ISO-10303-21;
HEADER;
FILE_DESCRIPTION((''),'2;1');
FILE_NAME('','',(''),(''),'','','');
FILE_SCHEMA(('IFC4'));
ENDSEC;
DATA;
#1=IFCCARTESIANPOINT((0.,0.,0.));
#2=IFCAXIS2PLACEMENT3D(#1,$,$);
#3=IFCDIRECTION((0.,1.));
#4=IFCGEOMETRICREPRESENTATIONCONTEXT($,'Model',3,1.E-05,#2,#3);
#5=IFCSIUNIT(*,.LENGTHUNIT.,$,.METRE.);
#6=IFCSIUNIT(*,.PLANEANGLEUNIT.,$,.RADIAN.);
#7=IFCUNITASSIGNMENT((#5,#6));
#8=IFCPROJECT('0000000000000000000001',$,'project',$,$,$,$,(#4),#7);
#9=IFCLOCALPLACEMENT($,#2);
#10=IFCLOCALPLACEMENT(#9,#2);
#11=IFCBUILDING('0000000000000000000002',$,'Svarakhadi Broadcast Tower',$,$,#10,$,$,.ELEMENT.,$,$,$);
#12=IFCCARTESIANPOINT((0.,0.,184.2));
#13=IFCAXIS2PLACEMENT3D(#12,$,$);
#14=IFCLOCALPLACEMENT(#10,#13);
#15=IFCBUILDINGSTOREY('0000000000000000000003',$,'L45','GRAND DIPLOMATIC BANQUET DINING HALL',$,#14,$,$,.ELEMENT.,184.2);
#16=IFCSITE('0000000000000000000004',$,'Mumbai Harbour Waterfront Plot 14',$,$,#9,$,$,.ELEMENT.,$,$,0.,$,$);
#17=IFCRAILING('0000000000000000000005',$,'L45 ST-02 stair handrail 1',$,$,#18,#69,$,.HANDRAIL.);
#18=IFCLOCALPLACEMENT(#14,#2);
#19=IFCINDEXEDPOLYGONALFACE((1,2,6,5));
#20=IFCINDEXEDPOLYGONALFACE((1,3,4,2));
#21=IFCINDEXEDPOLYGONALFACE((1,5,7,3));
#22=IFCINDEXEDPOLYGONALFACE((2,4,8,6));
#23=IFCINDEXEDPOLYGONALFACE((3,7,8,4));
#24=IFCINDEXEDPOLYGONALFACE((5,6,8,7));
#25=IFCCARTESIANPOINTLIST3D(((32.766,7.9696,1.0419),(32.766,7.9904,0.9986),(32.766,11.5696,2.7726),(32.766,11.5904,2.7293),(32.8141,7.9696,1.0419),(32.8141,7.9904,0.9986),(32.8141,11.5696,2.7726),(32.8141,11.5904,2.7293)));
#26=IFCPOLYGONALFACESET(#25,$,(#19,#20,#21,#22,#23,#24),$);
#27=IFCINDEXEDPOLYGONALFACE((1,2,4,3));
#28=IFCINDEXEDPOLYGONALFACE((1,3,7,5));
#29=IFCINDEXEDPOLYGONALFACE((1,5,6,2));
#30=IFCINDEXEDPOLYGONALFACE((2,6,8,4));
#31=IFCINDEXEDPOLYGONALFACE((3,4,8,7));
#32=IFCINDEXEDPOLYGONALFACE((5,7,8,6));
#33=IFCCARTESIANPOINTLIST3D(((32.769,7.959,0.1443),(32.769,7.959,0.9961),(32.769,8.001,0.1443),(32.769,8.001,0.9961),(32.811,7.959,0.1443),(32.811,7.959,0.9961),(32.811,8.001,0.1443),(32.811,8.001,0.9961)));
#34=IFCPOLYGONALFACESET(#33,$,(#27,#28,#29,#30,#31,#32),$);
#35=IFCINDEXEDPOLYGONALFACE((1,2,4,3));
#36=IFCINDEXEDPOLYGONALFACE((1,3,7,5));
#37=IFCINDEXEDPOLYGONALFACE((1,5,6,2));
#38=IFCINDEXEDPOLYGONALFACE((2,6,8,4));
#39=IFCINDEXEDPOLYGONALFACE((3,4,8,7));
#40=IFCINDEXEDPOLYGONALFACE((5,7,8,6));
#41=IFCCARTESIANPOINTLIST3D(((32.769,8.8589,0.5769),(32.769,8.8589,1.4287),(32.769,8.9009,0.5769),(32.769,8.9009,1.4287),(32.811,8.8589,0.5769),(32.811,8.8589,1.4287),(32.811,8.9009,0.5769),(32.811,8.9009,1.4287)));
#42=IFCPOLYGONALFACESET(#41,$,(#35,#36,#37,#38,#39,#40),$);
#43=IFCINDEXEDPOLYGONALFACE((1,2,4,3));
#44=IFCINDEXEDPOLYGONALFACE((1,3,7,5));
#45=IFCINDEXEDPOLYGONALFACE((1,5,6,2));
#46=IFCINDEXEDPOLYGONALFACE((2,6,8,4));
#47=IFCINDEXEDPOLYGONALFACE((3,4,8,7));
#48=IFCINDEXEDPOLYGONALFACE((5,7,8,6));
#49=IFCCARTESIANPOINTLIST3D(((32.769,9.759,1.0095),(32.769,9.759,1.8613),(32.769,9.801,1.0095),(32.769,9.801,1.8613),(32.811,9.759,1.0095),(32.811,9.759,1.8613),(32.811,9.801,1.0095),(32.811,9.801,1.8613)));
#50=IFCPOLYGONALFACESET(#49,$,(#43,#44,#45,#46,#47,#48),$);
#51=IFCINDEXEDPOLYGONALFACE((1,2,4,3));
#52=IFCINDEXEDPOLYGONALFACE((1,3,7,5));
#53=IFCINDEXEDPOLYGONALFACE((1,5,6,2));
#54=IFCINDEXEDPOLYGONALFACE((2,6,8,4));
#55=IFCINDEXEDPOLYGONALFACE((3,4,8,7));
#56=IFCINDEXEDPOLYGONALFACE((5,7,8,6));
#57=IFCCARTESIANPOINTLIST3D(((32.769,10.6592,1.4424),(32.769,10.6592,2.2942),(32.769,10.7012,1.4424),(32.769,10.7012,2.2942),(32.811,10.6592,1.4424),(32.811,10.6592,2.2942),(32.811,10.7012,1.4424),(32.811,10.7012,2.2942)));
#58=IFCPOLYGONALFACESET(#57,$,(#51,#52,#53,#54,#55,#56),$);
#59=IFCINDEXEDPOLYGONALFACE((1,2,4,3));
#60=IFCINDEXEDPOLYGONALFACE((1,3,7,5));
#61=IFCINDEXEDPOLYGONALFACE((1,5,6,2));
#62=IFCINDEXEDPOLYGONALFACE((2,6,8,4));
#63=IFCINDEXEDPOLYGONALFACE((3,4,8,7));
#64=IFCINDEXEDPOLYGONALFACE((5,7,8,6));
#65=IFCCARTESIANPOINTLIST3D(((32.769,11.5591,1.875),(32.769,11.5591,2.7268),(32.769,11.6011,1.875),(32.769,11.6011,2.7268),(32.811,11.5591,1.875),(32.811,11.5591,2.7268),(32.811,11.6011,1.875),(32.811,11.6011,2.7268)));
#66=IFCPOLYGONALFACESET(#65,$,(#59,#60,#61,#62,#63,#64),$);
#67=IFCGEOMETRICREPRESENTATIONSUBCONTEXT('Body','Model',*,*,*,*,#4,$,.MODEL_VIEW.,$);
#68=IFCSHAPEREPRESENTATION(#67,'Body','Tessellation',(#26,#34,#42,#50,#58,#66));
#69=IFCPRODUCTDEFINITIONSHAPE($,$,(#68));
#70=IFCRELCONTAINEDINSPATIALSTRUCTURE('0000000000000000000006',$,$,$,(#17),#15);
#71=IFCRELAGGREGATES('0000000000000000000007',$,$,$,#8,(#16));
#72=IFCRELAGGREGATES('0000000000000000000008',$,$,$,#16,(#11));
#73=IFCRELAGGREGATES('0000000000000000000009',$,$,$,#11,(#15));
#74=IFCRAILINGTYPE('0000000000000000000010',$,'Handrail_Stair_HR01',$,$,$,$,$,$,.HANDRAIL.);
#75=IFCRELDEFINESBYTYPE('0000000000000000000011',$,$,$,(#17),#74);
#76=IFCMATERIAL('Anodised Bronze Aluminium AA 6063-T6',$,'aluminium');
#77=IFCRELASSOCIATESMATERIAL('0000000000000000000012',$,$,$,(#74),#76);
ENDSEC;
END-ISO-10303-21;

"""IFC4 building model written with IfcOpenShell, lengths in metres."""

from ifc_helpers import new_model, si_unit, direction, frame, origin, origin_2d, place, context, subcontext, project, spatial, rectangle, extrude, material, type_object, element, save


model = new_model("IFC4")

# Units and contexts
model_context = context("Model", 3, precision=1e-05, world=origin(), true_north=direction((0.0, 1.0)))
body_context = subcontext(model_context, "Body", "Model", "MODEL_VIEW")
ifc_project = project(units=[si_unit("LENGTHUNIT", "METRE"), si_unit("PLANEANGLEUNIT", "RADIAN")], contexts=[model_context])

# Site, building, storey
site_placement = place(None, origin())
site = spatial("IfcSite", under=ifc_project, at=site_placement, Name="Mumbai Harbour Waterfront Plot 14", CompositionType="ELEMENT", RefElevation=0.0)
building_placement = place(site_placement, origin())
building = spatial("IfcBuilding", under=site, at=building_placement, Name="Svarakhadi Broadcast Tower", CompositionType="ELEMENT")
storey_placement = place(building_placement, frame((0.0, 0.0, 184.2)))
storey = spatial("IfcBuildingStorey", under=building, at=storey_placement, Name="L45", Description="GRAND DIPLOMATIC BANQUET DINING HALL", CompositionType="ELEMENT", Elevation=184.2)

# Shared definitions
ifc_material_1 = material(Name="Anodised Bronze Aluminium AA 6063-T6", Category="aluminium")

# Railing
railing_type_1 = type_object("IfcRailingType", Name="Handrail_Stair_HR01", PredefinedType="HANDRAIL", material=ifc_material_1)
railing_1_placement = place(storey_placement, frame((32.79, 7.98, 0.1443)))
element("IfcRailing", 1, at=railing_1_placement, inside=storey, type_object=railing_type_1, Name="L45 ST-02 stair handrail 1", PredefinedType="HANDRAIL", context=body_context, shape_type="SweptSolid", body=[
    extrude(rectangle(XDim=0.0481, YDim=0.0481, at=origin_2d()), frame((0.0, 0.0, 0.876), z_axis=(0.0, 0.901263, 0.433273), x_axis=(-1.0, 0.0, 0.0)), (0.0, 0.0, 1.0), 3.9944),
    extrude(rectangle(XDim=0.042, YDim=0.042, at=origin_2d()), origin(), (0.0, 0.0, 1.0), 0.8518),
    extrude(rectangle(XDim=0.042, YDim=0.042, at=origin_2d()), frame((0.0, 0.8999, 0.4326)), (0.0, 0.0, 1.0), 0.8518),
    extrude(rectangle(XDim=0.042, YDim=0.042, at=origin_2d()), frame((0.0, 1.8, 0.8652)), (0.0, 0.0, 1.0), 0.8518),
    extrude(rectangle(XDim=0.042, YDim=0.042, at=origin_2d()), frame((0.0, 2.7002, 1.2981)), (0.0, 0.0, 1.0), 0.8518),
    extrude(rectangle(XDim=0.042, YDim=0.042, at=origin_2d()), frame((0.0, 3.6001, 1.7307)), (0.0, 0.0, 1.0), 0.8518),
])

save(model, "model.ifc")
